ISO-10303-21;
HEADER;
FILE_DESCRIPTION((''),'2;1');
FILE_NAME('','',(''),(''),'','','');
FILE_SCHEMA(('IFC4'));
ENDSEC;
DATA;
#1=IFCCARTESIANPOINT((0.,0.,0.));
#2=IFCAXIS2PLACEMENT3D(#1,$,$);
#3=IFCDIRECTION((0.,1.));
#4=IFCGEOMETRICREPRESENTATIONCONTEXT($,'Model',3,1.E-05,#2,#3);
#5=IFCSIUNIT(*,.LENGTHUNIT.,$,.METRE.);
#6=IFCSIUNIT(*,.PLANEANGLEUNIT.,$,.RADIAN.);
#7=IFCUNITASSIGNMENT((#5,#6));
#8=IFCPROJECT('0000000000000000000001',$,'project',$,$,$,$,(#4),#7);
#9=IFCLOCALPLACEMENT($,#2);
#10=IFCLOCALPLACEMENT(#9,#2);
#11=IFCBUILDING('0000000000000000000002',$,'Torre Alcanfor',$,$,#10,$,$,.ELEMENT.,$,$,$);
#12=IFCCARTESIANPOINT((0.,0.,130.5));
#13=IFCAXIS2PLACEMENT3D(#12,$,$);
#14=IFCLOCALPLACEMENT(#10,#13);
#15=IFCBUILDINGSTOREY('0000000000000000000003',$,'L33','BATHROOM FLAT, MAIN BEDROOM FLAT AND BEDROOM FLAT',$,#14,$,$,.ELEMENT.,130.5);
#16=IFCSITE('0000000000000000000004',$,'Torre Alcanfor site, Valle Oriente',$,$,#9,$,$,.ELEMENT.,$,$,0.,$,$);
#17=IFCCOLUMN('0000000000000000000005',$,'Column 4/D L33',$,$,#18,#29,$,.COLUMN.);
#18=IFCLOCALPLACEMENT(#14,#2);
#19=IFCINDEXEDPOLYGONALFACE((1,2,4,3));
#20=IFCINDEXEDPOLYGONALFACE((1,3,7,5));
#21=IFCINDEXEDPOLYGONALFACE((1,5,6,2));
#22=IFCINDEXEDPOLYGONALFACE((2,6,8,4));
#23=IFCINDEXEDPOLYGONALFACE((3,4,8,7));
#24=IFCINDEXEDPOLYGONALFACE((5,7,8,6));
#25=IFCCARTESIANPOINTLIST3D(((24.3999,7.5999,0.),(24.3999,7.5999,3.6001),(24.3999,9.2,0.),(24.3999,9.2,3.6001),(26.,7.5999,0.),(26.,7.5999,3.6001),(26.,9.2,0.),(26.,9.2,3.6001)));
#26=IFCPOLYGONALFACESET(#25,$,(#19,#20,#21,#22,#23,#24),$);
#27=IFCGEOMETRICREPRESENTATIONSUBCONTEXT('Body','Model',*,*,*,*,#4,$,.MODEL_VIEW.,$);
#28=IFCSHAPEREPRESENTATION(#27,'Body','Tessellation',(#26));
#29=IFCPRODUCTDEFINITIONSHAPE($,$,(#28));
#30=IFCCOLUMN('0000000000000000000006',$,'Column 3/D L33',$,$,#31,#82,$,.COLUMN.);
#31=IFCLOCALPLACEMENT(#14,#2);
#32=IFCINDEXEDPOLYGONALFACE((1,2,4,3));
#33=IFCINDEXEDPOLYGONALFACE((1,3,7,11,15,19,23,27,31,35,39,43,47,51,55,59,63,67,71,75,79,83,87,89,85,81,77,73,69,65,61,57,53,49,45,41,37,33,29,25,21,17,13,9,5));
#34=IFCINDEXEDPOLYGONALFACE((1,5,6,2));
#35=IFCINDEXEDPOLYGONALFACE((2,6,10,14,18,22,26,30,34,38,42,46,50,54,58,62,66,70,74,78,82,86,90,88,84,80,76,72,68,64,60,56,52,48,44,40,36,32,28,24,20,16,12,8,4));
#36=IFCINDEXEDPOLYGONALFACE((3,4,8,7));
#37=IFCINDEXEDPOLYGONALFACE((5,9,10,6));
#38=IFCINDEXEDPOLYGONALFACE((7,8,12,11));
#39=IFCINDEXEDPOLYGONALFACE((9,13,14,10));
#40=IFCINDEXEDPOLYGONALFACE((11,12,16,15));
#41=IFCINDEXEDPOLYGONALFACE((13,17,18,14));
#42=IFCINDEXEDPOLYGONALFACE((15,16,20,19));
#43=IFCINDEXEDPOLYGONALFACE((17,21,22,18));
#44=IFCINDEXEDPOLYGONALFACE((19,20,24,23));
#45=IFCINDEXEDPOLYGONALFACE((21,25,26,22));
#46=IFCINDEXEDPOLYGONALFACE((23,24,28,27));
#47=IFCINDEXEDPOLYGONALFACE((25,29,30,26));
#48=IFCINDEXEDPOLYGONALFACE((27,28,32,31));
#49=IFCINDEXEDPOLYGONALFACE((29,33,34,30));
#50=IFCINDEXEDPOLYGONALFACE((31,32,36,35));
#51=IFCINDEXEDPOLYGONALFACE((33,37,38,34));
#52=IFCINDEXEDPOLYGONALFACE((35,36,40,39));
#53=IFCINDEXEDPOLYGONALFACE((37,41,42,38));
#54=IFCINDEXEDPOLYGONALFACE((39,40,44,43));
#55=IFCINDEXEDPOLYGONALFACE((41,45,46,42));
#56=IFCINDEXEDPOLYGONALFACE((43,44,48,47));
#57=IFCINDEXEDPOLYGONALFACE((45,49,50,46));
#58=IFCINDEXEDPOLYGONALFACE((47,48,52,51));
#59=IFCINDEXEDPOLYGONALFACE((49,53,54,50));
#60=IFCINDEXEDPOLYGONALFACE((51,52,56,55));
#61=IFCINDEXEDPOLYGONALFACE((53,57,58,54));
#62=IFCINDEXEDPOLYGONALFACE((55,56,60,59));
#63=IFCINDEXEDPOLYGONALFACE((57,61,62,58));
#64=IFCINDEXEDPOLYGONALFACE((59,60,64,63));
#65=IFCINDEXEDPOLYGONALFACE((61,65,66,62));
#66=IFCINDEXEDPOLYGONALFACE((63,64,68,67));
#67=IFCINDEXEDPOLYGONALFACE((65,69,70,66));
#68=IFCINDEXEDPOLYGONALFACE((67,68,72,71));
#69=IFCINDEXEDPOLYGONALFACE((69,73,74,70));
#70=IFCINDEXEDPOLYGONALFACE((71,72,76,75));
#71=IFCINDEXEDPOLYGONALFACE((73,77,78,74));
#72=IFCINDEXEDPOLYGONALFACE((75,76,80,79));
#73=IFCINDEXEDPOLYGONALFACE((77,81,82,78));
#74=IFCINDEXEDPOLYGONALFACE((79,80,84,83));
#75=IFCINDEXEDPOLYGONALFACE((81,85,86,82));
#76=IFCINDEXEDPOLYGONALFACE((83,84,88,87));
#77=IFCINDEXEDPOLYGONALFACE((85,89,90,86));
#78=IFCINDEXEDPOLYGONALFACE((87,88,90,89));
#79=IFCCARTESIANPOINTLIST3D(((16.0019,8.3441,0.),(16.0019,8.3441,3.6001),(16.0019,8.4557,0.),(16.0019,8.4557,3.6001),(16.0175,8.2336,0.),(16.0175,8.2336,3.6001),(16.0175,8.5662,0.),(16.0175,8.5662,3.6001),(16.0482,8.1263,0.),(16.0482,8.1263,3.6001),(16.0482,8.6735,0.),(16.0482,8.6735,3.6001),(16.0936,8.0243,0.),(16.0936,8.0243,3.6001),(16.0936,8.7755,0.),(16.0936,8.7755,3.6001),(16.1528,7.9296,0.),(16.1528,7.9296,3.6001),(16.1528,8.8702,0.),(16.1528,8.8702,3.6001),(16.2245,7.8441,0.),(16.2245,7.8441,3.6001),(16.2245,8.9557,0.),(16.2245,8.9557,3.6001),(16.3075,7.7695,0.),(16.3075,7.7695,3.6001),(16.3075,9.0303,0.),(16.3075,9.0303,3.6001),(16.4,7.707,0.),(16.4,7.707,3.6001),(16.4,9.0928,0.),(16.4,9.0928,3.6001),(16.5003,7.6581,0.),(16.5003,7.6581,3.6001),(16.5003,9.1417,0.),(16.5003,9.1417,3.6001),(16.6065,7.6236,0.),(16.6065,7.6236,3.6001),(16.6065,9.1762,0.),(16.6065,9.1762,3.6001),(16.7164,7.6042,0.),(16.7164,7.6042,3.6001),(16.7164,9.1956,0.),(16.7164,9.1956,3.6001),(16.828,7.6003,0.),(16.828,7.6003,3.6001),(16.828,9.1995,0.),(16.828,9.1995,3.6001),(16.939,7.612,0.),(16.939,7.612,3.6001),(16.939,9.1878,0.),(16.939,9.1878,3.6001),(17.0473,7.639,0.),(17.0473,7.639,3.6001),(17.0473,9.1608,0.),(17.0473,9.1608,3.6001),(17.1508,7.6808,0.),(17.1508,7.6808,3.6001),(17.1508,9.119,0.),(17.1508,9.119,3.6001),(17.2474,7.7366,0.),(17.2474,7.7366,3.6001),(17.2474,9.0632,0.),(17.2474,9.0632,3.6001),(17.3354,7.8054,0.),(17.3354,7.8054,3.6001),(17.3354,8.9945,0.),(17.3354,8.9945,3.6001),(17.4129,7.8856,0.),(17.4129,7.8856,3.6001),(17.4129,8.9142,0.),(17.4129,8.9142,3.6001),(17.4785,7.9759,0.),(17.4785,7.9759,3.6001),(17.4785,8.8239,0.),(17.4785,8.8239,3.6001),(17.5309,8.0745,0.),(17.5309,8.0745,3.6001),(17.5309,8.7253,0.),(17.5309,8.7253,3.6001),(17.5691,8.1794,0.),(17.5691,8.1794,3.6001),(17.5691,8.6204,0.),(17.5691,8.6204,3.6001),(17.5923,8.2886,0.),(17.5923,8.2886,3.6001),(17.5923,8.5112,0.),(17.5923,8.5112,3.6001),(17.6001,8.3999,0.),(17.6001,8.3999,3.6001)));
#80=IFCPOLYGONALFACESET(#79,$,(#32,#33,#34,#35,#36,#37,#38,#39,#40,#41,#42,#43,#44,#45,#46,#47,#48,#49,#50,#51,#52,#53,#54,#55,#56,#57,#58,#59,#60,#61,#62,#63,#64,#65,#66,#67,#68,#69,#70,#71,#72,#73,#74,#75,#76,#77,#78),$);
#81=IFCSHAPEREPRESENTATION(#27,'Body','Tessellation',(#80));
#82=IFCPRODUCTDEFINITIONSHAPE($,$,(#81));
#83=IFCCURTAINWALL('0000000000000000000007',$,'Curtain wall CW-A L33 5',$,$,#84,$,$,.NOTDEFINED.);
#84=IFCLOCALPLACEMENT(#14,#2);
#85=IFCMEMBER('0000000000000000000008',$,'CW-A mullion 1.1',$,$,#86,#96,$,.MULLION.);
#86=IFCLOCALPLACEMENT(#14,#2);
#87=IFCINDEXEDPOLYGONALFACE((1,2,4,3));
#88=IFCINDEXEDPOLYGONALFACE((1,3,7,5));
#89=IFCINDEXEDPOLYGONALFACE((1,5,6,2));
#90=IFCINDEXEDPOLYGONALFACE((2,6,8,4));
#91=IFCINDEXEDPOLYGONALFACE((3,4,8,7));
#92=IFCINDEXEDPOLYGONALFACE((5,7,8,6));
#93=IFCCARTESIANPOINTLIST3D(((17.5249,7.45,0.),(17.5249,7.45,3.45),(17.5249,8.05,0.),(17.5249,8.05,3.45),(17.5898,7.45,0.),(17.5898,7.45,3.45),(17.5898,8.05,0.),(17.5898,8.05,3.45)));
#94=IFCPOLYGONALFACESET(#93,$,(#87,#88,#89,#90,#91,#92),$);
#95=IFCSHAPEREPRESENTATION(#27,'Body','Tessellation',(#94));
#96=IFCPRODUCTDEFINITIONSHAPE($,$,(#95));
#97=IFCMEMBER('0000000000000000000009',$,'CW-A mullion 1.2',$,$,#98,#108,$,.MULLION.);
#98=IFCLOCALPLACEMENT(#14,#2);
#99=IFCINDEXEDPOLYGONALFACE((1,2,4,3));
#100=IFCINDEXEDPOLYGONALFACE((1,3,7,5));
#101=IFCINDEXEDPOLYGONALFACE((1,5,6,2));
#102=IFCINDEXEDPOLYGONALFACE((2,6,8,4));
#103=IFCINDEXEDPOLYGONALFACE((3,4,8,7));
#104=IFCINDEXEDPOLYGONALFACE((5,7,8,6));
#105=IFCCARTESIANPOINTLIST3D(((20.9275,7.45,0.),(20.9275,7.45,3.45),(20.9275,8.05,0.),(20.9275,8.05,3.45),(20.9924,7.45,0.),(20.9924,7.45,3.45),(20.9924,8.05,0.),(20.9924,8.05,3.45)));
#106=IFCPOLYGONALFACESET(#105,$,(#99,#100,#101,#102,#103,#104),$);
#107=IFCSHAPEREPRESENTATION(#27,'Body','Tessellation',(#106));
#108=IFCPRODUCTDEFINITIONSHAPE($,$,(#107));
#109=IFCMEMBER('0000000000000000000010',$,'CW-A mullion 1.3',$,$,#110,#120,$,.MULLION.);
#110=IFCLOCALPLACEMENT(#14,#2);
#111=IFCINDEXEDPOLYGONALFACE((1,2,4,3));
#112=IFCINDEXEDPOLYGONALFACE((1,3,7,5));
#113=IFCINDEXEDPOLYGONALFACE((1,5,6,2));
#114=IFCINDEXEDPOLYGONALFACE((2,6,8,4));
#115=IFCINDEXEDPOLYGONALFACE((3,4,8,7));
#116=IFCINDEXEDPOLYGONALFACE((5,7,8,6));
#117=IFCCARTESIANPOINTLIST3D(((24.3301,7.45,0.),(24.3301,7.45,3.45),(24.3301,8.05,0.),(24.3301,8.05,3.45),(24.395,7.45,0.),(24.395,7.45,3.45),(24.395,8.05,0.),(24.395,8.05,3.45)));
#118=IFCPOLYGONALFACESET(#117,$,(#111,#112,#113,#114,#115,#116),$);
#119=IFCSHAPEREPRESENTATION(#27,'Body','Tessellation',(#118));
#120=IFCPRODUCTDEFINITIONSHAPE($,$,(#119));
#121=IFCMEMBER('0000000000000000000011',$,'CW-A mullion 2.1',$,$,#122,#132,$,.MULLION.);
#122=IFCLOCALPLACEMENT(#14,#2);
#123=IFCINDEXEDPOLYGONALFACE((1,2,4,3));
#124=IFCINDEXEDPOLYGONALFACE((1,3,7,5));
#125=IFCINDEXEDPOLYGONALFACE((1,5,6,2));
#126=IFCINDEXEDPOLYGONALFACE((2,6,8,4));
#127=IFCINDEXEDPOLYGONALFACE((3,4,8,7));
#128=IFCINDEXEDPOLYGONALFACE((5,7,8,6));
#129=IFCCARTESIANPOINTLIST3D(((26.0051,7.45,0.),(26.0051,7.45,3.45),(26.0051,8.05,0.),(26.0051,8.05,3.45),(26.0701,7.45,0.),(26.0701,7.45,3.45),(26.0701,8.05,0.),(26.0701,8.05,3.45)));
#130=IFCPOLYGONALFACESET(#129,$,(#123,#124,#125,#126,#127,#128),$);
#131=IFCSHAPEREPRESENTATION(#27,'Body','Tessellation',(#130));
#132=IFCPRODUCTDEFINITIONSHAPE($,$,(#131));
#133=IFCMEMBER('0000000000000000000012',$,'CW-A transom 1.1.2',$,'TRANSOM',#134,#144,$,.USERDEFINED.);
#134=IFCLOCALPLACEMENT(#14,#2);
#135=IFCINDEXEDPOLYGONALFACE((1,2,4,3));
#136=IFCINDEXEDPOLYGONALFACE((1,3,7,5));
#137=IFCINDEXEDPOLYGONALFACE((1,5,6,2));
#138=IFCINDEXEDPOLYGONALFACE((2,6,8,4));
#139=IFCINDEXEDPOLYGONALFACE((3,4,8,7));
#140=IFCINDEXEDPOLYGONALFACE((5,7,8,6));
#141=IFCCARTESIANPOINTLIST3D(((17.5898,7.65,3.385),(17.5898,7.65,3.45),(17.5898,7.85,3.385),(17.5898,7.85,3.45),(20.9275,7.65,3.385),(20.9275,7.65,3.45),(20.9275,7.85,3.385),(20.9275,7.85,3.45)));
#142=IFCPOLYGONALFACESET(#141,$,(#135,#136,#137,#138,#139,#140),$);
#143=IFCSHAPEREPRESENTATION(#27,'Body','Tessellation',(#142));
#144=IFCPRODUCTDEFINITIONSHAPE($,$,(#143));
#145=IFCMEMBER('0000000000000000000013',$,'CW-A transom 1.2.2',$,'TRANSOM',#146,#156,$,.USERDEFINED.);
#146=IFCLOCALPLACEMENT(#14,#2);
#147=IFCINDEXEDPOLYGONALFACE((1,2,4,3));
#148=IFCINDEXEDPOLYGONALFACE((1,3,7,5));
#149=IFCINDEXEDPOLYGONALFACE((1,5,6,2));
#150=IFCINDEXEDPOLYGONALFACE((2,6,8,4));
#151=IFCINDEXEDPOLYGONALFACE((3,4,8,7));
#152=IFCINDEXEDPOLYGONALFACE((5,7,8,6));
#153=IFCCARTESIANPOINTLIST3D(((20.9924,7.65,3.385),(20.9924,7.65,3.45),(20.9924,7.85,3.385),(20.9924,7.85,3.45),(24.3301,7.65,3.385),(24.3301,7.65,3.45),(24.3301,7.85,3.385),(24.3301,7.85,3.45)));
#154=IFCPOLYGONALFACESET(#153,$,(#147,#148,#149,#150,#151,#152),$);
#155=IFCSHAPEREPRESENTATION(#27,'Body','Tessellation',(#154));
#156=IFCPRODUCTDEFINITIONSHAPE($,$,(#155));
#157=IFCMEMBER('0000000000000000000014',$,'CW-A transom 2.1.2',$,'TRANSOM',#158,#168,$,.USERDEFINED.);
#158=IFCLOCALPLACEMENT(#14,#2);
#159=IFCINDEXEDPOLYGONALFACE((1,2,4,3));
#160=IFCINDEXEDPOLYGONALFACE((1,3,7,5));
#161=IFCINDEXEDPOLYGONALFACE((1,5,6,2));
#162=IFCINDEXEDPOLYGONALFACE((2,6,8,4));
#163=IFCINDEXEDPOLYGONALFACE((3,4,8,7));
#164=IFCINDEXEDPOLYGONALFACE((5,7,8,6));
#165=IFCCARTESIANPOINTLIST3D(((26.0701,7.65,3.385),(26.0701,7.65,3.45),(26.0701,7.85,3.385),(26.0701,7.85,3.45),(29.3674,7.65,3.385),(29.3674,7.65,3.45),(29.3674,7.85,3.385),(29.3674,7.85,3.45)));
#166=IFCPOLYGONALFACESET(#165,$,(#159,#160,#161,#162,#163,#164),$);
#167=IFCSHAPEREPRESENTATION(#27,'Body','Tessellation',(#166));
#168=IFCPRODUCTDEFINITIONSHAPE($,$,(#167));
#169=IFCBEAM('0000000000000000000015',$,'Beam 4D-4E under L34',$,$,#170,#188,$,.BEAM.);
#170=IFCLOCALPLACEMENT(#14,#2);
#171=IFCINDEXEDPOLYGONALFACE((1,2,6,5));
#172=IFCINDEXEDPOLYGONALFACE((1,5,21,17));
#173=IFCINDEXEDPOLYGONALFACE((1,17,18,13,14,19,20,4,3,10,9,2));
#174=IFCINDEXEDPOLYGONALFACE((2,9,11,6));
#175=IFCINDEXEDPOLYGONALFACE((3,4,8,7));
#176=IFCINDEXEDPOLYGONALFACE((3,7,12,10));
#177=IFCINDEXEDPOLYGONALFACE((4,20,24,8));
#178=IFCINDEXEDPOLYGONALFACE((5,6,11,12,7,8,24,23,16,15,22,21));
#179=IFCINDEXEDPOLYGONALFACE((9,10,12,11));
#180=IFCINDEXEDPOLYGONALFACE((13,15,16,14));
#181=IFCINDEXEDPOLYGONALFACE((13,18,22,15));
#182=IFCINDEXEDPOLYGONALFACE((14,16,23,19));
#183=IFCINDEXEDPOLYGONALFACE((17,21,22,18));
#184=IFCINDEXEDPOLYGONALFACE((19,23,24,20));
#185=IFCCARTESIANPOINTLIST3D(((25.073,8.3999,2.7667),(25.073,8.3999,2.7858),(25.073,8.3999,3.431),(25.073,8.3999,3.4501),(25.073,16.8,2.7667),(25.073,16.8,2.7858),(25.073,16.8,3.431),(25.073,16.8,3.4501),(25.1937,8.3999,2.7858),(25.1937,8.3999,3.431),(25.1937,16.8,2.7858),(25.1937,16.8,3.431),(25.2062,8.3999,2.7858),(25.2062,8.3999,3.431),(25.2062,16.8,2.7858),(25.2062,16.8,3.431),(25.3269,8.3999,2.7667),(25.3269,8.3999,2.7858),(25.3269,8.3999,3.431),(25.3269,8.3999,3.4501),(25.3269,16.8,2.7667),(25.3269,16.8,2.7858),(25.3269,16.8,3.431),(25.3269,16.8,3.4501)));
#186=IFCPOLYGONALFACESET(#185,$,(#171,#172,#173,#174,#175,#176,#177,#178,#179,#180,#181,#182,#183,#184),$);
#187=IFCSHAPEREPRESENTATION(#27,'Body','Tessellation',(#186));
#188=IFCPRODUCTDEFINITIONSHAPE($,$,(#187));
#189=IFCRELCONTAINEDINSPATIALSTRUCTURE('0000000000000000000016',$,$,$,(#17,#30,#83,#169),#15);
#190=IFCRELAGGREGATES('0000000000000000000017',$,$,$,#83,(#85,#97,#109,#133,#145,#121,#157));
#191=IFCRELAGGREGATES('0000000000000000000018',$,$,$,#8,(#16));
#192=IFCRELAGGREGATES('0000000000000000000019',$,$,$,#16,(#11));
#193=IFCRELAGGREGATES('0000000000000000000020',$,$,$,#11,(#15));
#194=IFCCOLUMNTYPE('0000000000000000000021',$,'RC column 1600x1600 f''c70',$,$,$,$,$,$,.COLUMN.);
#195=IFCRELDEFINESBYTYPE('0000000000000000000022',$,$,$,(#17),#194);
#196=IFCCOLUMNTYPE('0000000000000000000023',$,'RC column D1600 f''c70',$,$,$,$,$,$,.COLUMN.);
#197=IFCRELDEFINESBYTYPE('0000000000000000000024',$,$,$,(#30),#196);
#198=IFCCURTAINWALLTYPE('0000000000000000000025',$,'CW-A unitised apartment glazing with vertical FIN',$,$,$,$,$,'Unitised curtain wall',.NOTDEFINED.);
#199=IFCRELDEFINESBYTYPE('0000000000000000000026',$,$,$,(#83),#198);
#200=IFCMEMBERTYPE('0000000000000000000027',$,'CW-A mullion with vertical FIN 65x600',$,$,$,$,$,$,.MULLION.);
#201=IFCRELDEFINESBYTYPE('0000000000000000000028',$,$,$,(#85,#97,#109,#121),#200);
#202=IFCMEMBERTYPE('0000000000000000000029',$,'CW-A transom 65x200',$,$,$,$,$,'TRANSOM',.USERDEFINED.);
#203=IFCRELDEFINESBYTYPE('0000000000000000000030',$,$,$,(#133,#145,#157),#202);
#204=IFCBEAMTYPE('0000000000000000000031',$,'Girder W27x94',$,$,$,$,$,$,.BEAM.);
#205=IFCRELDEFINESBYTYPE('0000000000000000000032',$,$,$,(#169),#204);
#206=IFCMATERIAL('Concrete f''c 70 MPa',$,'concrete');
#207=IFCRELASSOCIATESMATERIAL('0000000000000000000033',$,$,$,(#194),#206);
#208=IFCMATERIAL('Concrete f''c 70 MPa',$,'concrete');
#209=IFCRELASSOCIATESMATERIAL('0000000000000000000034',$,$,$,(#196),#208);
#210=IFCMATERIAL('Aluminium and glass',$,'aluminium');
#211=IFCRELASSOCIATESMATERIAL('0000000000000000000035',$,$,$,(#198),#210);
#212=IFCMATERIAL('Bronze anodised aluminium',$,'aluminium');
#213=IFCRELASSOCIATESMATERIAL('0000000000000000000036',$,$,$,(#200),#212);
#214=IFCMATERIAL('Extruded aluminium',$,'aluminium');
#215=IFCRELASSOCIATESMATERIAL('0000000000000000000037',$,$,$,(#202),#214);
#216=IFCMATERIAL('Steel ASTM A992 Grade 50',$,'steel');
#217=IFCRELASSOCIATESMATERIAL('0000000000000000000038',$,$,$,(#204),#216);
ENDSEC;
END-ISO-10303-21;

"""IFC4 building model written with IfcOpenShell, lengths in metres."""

from ifc_helpers import new_model, si_unit, direction, frame, origin, origin_2d, place, context, subcontext, project, spatial, rectangle, circle, i_section, extrude, material, material_profile, profile_set, type_object, element, aggregate, save


model = new_model("IFC4")

# Units and contexts
model_context = context("Model", 3, precision=1e-05, world=origin(), true_north=direction((0.0, 1.0)))
body_context = subcontext(model_context, "Body", "Model", "MODEL_VIEW")
ifc_project = project(units=[si_unit("LENGTHUNIT", "METRE"), si_unit("PLANEANGLEUNIT", "RADIAN")], contexts=[model_context])

# Site, building, storey
site_placement = place(None, origin())
site = spatial("IfcSite", under=ifc_project, at=site_placement, Name="Torre Alcanfor site, Valle Oriente", CompositionType="ELEMENT", RefElevation=0.0)
building_placement = place(site_placement, origin())
building = spatial("IfcBuilding", under=site, at=building_placement, Name="Torre Alcanfor", CompositionType="ELEMENT")
storey_placement = place(building_placement, frame((0.0, 0.0, 130.5)))
storey = spatial("IfcBuildingStorey", under=building, at=storey_placement, Name="L33", Description="BATHROOM FLAT, MAIN BEDROOM FLAT AND BEDROOM FLAT", CompositionType="ELEMENT", Elevation=130.5)

# Columns
ifc_material_1 = material(Name="Concrete f'c 70 MPa", Category="concrete")
ifc_material_profile_1 = material_profile(ifc_material_1, rectangle(XDim=1.6001, YDim=1.6001, at=origin_2d()), Name="1600x1600")
ifc_profile_set_1 = profile_set([ifc_material_profile_1], Name="Concrete f'c 70 MPa")
column_type_1 = type_object("IfcColumnType", Name="RC column 1600x1600 f'c70", PredefinedType="COLUMN", material=ifc_profile_set_1)
column_1_placement = place(storey_placement, frame((25.2, 8.3999, 0.0), z_axis=(0.0, 0.0, 1.0), x_axis=(1.0, 0.0, 0.0)))
element("IfcColumn", 1, at=column_1_placement, inside=storey, type_object=column_type_1, Name="Column 4/D L33", PredefinedType="COLUMN", context=body_context, shape_type="SweptSolid", body=[
    extrude(rectangle(XDim=1.6001, YDim=1.6001, at=origin_2d()), origin(), (0.0, 0.0, 1.0), 3.6001),
])
ifc_material_2 = material(Name="Concrete f'c 70 MPa", Category="concrete")
ifc_material_profile_2 = material_profile(ifc_material_2, circle(Radius=0.8, at=origin_2d()), Name="D1600")
ifc_profile_set_2 = profile_set([ifc_material_profile_2], Name="Concrete f'c 70 MPa")
column_type_2 = type_object("IfcColumnType", Name="RC column D1600 f'c70", PredefinedType="COLUMN", material=ifc_profile_set_2)
column_2_placement = place(storey_placement, frame((16.8, 8.3999, 0.0), z_axis=(0.0, 0.0, 1.0), x_axis=(1.0, 0.0, 0.0)))
element("IfcColumn", 2, at=column_2_placement, inside=storey, type_object=column_type_2, Name="Column 3/D L33", PredefinedType="COLUMN", context=body_context, shape_type="SweptSolid", body=[
    extrude(circle(Radius=0.8, at=origin_2d()), origin(), (0.0, 0.0, 1.0), 3.6001),
])

# Curtain wall, members
ifc_material_3 = material(Name="Aluminium and glass", Category="aluminium")
curtain_wall_type = type_object("IfcCurtainWallType", Name="CW-A unitised apartment glazing with vertical FIN", ElementType="Unitised curtain wall", PredefinedType="NOTDEFINED", material=ifc_material_3)
curtain_wall_placement = place(storey_placement, origin())
curtain_wall = element("IfcCurtainWall", 3, at=curtain_wall_placement, inside=storey, type_object=curtain_wall_type, Name="Curtain wall CW-A L33 5", PredefinedType="NOTDEFINED")
ifc_material_4 = material(Name="Bronze anodised aluminium", Category="aluminium")
ifc_material_profile_3 = material_profile(ifc_material_4, rectangle(XDim=0.6001, YDim=0.0649, at=origin_2d()), Name="CW-A mullion 65x600")
ifc_profile_set_3 = profile_set([ifc_material_profile_3], Name="Bronze anodised aluminium")
member_type_1 = type_object("IfcMemberType", Name="CW-A mullion with vertical FIN 65x600", PredefinedType="MULLION", material=ifc_profile_set_3)
member_1_placement = place(storey_placement, frame((17.5574, 7.75, 0.0), z_axis=(0.0, 0.0, 1.0), x_axis=(0.0, 1.0, 0.0)))
member_1 = element("IfcMember", 4, at=member_1_placement, type_object=member_type_1, Name="CW-A mullion 1.1", PredefinedType="MULLION", context=body_context, shape_type="SweptSolid", body=[
    extrude(rectangle(XDim=0.6001, YDim=0.0649, at=origin_2d()), origin(), (0.0, 0.0, 1.0), 3.45),
])
member_2_placement = place(storey_placement, frame((20.96, 7.75, 0.0), z_axis=(0.0, 0.0, 1.0), x_axis=(0.0, 1.0, 0.0)))
member_2 = element("IfcMember", 5, at=member_2_placement, type_object=member_type_1, Name="CW-A mullion 1.2", PredefinedType="MULLION", context=body_context, shape_type="SweptSolid", body=[
    extrude(rectangle(XDim=0.6001, YDim=0.0649, at=origin_2d()), origin(), (0.0, 0.0, 1.0), 3.45),
])
member_3_placement = place(storey_placement, frame((24.3625, 7.75, 0.0), z_axis=(0.0, 0.0, 1.0), x_axis=(0.0, 1.0, 0.0)))
member_3 = element("IfcMember", 6, at=member_3_placement, type_object=member_type_1, Name="CW-A mullion 1.3", PredefinedType="MULLION", context=body_context, shape_type="SweptSolid", body=[
    extrude(rectangle(XDim=0.6001, YDim=0.0649, at=origin_2d()), origin(), (0.0, 0.0, 1.0), 3.45),
])
member_4_placement = place(storey_placement, frame((26.0376, 7.75, 0.0), z_axis=(0.0, 0.0, 1.0), x_axis=(0.0, 1.0, 0.0)))
member_4 = element("IfcMember", 7, at=member_4_placement, type_object=member_type_1, Name="CW-A mullion 2.1", PredefinedType="MULLION", context=body_context, shape_type="SweptSolid", body=[
    extrude(rectangle(XDim=0.6001, YDim=0.0649, at=origin_2d()), origin(), (0.0, 0.0, 1.0), 3.45),
])
ifc_material_5 = material(Name="Extruded aluminium", Category="aluminium")
ifc_material_profile_4 = material_profile(ifc_material_5, rectangle(XDim=0.2, YDim=0.0649, at=origin_2d()), Name="CW-A transom 200x65")
ifc_profile_set_4 = profile_set([ifc_material_profile_4], Name="Extruded aluminium")
member_type_2 = type_object("IfcMemberType", Name="CW-A transom 65x200", ElementType="TRANSOM", PredefinedType="USERDEFINED", material=ifc_profile_set_4)
member_5_placement = place(storey_placement, frame((17.5898, 7.75, 3.4175), z_axis=(1.0, 0.0, 0.0), x_axis=(0.0, 1.0, 0.0)))
member_5 = element("IfcMember", 8, at=member_5_placement, type_object=member_type_2, Name="CW-A transom 1.1.2", ObjectType="TRANSOM", PredefinedType="USERDEFINED", context=body_context, shape_type="SweptSolid", body=[
    extrude(rectangle(XDim=0.2, YDim=0.0649, at=origin_2d()), origin(), (0.0, 0.0, 1.0), 3.3376),
])
member_6_placement = place(storey_placement, frame((20.9924, 7.75, 3.4175), z_axis=(1.0, 0.0, 0.0), x_axis=(0.0, 1.0, 0.0)))
member_6 = element("IfcMember", 9, at=member_6_placement, type_object=member_type_2, Name="CW-A transom 1.2.2", ObjectType="TRANSOM", PredefinedType="USERDEFINED", context=body_context, shape_type="SweptSolid", body=[
    extrude(rectangle(XDim=0.2, YDim=0.0649, at=origin_2d()), origin(), (0.0, 0.0, 1.0), 3.3376),
])
member_7_placement = place(storey_placement, frame((26.0701, 7.75, 3.4175), z_axis=(1.0, 0.0, 0.0), x_axis=(0.0, 1.0, 0.0)))
member_7 = element("IfcMember", 10, at=member_7_placement, type_object=member_type_2, Name="CW-A transom 2.1.2", ObjectType="TRANSOM", PredefinedType="USERDEFINED", context=body_context, shape_type="SweptSolid", body=[
    extrude(rectangle(XDim=0.2, YDim=0.0649, at=origin_2d()), origin(), (0.0, 0.0, 1.0), 3.2974),
])

# Beam
ifc_material_6 = material(Name="Steel ASTM A992 Grade 50", Category="steel")
ifc_material_profile_5 = material_profile(ifc_material_6, i_section(OverallWidth=0.2539, OverallDepth=0.6833, WebThickness=0.0125, FlangeThickness=0.019, at=origin_2d()), Name="W27x94")
ifc_profile_set_5 = profile_set([ifc_material_profile_5], Name="Steel ASTM A992 Grade 50")
beam_type_1 = type_object("IfcBeamType", Name="Girder W27x94", PredefinedType="BEAM", material=ifc_profile_set_5)
beam_1_placement = place(storey_placement, frame((25.2, 8.3999, 3.1084), z_axis=(0.0, 1.0, 0.0), x_axis=(-1.0, 0.0, 0.0)))
element("IfcBeam", 11, at=beam_1_placement, inside=storey, type_object=beam_type_1, Name="Beam 4D-4E under L34", PredefinedType="BEAM", context=body_context, shape_type="SweptSolid", body=[
    extrude(i_section(OverallWidth=0.2539, OverallDepth=0.6833, WebThickness=0.0125, FlangeThickness=0.019, at=origin_2d()), origin(), (0.0, 0.0, 1.0), 8.4001),
])

aggregate(curtain_wall, [member_1, member_2, member_3, member_5, member_6, member_4, member_7])

save(model, "model.ifc")
